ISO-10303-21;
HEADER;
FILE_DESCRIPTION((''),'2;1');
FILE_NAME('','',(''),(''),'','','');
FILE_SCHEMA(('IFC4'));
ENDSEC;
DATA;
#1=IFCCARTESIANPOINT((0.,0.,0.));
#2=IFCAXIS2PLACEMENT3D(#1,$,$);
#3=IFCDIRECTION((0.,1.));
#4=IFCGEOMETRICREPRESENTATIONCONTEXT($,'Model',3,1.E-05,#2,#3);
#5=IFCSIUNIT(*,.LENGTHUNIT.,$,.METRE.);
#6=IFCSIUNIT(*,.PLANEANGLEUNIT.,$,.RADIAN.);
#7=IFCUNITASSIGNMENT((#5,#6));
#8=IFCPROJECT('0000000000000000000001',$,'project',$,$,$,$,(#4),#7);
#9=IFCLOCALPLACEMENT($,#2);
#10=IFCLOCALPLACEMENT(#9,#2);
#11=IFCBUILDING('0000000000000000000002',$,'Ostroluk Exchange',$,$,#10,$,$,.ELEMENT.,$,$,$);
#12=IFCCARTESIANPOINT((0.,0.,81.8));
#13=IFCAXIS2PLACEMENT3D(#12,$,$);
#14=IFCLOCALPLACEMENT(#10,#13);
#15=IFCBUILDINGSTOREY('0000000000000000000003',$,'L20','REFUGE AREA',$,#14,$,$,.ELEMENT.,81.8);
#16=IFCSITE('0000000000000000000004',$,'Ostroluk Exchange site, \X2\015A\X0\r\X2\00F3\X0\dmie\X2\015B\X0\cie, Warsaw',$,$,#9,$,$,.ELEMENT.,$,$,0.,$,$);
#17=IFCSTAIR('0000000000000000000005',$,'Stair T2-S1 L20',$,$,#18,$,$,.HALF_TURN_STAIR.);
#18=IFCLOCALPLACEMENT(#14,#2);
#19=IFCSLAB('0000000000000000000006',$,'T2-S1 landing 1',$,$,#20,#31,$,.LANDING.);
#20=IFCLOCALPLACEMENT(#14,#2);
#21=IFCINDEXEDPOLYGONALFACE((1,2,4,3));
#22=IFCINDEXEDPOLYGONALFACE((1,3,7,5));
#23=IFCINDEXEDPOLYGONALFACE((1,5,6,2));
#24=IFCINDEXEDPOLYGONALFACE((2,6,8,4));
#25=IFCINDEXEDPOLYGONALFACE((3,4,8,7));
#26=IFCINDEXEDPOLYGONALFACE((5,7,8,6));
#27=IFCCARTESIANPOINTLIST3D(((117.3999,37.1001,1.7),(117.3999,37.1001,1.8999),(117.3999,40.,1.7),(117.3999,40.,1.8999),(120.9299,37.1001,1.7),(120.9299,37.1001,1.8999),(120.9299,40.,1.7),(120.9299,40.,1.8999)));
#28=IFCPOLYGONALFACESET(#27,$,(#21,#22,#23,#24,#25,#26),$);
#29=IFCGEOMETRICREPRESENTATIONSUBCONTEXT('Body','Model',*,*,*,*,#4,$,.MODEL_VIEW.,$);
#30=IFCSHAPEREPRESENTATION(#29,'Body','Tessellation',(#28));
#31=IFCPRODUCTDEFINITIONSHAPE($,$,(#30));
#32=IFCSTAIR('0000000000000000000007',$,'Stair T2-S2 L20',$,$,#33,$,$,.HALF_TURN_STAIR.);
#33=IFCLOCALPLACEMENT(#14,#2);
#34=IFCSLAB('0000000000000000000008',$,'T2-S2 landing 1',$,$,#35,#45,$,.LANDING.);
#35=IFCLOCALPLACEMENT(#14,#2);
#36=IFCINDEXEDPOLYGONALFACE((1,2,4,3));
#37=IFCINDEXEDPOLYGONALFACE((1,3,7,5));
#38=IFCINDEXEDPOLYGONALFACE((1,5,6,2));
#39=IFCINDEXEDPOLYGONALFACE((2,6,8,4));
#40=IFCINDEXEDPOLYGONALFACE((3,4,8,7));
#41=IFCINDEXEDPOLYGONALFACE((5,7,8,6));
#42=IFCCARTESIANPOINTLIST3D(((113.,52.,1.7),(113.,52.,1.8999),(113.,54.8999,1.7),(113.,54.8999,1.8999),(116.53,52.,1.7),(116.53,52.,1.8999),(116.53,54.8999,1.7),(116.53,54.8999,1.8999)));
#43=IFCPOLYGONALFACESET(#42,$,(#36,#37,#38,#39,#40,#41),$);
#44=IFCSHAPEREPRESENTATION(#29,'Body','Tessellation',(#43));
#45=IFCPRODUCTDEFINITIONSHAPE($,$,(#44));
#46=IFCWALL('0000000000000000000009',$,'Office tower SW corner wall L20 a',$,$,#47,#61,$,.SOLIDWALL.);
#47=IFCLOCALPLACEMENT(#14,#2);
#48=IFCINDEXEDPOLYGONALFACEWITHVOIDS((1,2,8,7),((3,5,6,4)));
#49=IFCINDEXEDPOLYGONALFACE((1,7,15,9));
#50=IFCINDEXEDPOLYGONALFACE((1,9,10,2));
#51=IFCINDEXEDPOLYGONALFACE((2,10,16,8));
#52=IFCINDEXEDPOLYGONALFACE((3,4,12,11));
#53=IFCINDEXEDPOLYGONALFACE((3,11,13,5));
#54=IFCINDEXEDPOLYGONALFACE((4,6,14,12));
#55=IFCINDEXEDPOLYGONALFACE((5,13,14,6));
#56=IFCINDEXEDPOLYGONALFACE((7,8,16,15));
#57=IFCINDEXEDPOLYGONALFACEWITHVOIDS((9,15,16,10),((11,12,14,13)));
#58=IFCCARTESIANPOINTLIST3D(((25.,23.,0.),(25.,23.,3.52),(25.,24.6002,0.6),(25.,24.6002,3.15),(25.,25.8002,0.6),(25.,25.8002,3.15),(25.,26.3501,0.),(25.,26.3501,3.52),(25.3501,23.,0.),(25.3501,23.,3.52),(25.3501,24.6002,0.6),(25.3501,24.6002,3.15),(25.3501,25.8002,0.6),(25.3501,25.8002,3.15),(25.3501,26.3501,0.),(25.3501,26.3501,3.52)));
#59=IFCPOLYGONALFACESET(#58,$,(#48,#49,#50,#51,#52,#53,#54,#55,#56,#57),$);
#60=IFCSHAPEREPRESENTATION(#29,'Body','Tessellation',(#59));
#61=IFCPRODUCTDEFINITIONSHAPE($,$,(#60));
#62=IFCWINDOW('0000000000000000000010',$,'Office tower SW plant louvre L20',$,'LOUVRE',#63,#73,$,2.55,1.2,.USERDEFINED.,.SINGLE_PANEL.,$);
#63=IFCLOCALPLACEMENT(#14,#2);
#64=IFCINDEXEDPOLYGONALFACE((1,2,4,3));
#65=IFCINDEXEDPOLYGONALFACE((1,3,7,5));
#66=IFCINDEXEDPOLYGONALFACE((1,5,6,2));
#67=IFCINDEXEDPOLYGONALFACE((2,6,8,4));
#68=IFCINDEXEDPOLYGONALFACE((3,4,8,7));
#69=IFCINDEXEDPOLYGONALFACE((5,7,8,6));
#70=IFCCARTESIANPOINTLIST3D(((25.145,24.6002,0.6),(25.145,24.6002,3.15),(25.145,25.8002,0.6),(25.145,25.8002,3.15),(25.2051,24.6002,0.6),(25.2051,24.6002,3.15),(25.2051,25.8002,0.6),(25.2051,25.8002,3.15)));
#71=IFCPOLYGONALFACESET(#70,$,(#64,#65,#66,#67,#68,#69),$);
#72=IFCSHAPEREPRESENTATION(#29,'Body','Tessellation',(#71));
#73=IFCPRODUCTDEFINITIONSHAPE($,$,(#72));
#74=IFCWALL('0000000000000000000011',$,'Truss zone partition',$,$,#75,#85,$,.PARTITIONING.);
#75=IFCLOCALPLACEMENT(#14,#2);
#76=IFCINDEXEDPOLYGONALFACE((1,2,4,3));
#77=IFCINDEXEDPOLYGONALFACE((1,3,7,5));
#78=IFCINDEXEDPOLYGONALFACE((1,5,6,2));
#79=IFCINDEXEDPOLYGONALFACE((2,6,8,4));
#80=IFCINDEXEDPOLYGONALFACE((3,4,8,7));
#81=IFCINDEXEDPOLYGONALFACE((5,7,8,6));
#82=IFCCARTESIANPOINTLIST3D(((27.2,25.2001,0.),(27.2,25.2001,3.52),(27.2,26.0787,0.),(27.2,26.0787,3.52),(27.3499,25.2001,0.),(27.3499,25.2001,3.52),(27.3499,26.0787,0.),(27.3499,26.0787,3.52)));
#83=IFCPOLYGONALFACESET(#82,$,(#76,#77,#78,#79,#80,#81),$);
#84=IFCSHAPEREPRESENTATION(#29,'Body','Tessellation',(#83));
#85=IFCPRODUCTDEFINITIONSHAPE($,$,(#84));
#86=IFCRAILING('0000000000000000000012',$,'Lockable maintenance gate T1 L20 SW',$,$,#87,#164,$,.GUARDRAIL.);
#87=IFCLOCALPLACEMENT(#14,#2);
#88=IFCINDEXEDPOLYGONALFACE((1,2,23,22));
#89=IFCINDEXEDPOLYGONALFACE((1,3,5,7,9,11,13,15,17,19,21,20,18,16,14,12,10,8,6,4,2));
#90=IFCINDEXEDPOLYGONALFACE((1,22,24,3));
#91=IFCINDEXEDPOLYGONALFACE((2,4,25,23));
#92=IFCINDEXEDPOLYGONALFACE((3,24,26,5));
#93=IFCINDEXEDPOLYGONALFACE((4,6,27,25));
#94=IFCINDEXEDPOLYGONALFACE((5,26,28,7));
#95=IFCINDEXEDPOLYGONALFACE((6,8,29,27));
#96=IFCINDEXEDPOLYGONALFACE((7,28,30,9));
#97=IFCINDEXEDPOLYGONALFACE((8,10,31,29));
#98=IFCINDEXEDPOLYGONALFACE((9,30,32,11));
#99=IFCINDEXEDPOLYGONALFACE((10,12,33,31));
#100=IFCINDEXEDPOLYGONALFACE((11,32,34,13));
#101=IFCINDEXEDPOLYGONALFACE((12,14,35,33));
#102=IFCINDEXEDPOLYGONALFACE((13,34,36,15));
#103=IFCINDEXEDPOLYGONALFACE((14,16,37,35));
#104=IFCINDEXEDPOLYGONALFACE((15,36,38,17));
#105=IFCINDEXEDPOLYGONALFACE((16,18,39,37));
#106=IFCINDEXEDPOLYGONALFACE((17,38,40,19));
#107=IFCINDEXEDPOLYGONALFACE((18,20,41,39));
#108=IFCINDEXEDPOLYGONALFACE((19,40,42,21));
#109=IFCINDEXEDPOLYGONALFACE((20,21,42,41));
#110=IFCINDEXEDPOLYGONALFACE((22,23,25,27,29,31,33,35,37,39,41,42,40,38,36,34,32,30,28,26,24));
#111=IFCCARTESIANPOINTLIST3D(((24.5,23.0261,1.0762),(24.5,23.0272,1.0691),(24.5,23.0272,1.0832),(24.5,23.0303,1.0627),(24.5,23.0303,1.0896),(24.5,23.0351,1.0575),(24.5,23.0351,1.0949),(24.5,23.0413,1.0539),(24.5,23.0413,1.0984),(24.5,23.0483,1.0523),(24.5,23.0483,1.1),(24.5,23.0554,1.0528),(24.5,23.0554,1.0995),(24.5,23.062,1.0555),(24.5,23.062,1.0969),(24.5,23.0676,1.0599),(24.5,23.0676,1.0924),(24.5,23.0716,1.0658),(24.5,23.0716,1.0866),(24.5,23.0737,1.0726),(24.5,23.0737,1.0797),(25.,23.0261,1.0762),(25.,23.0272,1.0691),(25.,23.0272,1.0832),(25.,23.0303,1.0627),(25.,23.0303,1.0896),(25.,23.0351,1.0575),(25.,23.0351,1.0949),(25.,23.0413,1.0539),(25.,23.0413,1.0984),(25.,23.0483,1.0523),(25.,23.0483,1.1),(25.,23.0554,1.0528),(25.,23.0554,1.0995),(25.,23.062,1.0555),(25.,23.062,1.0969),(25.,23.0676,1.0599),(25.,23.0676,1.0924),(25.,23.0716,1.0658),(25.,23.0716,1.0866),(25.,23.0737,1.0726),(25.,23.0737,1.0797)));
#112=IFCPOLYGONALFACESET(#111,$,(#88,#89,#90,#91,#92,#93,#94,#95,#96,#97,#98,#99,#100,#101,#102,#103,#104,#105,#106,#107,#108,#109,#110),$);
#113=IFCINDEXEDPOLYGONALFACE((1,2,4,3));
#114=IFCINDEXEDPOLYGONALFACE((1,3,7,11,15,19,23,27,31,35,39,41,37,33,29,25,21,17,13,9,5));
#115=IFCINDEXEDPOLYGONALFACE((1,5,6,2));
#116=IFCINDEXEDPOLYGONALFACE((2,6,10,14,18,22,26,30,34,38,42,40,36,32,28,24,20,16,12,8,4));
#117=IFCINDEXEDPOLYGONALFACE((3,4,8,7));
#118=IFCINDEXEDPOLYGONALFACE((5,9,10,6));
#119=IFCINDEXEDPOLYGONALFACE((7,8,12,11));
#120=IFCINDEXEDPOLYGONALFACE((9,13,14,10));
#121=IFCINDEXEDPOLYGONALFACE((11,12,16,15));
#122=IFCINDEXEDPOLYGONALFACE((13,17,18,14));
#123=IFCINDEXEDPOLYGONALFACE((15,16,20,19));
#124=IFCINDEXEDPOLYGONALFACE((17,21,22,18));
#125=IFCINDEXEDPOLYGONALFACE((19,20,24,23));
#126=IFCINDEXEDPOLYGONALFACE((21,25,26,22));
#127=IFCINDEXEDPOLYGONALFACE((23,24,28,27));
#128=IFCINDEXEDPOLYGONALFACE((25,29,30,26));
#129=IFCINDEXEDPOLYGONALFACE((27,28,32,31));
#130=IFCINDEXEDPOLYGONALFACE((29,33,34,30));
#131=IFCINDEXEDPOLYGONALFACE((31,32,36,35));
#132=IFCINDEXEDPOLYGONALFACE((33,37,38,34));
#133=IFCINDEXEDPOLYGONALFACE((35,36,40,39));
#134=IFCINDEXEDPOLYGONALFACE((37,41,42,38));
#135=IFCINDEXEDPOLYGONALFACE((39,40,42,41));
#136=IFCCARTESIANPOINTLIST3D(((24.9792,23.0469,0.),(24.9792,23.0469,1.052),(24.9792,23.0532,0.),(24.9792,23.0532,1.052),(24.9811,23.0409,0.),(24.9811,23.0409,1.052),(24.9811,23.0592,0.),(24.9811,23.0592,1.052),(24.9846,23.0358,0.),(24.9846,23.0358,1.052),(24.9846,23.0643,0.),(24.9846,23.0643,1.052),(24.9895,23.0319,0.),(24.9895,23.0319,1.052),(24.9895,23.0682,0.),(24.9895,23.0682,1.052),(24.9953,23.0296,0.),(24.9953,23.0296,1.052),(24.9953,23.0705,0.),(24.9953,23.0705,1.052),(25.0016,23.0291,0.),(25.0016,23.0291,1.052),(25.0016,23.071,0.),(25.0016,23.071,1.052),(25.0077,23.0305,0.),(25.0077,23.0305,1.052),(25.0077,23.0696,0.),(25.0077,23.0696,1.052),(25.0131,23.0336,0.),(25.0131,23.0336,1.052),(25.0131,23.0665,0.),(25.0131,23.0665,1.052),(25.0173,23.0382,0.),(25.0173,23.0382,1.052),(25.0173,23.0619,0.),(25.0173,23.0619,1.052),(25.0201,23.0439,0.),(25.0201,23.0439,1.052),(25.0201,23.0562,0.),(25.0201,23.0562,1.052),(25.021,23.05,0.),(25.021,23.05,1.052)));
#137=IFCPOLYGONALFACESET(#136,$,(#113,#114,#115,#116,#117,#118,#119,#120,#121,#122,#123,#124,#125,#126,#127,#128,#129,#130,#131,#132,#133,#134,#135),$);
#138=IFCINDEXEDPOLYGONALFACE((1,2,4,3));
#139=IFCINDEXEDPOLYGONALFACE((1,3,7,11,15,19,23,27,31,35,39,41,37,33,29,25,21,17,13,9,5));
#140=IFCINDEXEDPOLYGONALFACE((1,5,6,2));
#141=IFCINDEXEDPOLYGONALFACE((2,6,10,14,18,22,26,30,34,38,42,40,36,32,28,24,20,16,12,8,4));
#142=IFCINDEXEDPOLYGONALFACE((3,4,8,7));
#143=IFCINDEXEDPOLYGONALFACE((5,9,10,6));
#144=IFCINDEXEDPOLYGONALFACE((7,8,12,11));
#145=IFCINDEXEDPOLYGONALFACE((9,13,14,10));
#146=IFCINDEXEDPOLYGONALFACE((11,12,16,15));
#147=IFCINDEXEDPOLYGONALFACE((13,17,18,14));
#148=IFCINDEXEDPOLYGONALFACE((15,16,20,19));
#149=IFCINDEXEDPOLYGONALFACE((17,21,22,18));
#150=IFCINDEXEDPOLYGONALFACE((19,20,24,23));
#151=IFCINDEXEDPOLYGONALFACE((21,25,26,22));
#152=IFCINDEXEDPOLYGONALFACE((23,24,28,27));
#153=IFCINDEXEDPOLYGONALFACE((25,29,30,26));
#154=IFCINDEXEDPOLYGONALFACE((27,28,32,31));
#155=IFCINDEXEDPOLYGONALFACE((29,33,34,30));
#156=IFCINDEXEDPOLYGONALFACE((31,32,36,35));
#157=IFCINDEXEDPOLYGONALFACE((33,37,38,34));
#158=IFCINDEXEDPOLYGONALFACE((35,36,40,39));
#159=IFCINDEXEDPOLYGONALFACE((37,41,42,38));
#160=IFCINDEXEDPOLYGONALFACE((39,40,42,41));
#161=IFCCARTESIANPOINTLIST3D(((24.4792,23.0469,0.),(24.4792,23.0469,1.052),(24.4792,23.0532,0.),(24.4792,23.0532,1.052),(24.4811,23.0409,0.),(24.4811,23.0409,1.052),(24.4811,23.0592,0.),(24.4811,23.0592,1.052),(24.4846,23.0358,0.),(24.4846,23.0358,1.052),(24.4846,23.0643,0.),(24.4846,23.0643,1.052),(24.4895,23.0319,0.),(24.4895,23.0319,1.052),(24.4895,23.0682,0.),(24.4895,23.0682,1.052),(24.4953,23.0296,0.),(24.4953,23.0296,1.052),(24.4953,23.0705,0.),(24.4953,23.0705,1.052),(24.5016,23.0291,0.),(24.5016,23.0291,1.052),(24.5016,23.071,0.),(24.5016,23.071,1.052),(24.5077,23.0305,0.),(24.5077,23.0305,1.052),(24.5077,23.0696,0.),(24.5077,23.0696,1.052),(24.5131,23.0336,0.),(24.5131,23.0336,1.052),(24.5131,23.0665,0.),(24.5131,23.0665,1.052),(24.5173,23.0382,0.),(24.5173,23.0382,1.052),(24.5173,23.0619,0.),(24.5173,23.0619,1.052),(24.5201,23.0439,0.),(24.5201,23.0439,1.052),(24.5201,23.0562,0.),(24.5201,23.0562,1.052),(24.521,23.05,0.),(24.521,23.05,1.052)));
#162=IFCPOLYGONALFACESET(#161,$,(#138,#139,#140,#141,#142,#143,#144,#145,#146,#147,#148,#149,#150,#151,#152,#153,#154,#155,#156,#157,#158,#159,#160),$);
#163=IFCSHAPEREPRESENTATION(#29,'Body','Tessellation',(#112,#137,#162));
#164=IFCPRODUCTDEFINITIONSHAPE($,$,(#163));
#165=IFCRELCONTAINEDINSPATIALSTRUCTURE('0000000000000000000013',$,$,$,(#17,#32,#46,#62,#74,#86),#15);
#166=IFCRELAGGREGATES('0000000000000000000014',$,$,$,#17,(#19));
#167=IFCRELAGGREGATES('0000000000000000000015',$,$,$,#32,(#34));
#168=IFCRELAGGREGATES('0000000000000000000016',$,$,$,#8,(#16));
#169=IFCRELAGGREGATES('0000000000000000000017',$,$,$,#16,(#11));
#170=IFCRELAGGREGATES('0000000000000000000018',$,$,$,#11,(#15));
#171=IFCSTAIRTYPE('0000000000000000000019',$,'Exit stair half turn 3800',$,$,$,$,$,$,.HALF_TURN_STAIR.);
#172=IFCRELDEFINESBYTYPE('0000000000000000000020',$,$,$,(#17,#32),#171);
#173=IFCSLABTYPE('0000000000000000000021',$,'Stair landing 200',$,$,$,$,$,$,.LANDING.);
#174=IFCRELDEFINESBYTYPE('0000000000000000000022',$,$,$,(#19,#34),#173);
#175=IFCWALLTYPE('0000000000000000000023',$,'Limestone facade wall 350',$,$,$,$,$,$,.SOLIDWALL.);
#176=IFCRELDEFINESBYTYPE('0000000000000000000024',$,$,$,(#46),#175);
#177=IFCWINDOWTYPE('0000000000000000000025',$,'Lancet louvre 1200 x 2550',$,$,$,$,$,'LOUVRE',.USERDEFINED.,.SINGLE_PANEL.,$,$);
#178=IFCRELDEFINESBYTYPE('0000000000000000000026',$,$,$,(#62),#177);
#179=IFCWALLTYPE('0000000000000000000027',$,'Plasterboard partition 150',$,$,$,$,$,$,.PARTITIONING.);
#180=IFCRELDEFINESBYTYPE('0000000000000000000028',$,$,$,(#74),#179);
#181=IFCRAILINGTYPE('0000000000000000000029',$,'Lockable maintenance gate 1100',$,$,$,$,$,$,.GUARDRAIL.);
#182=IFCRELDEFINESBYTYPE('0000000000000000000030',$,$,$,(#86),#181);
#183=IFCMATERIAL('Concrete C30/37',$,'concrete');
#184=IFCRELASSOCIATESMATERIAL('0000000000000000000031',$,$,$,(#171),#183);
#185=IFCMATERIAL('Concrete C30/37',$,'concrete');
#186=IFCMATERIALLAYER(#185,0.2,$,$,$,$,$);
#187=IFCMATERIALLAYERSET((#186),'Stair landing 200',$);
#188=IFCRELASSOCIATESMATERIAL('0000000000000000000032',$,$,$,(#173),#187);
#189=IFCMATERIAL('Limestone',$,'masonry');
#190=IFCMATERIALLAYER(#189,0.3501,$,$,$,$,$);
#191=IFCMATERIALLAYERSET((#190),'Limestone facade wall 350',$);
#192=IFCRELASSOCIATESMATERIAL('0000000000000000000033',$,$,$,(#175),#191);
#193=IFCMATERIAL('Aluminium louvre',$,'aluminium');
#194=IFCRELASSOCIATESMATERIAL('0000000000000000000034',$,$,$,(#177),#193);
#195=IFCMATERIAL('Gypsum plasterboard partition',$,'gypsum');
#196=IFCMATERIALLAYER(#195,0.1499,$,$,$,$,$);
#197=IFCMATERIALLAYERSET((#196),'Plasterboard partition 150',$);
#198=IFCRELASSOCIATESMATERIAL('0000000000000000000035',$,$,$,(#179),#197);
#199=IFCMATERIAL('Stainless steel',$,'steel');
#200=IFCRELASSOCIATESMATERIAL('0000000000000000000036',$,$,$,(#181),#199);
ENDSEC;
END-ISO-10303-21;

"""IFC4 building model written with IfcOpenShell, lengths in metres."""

from ifc_helpers import new_model, si_unit, direction, frame, frame_2d, origin, origin_2d, place, context, subcontext, project, spatial, polyline, rectangle, circle, outline, extrude, material, layer, layer_set, type_object, element, fill, aggregate, save


model = new_model("IFC4")

# Units and contexts
model_context = context("Model", 3, precision=1e-05, world=origin(), true_north=direction((0.0, 1.0)))
body_context = subcontext(model_context, "Body", "Model", "MODEL_VIEW")
ifc_project = project(units=[si_unit("LENGTHUNIT", "METRE"), si_unit("PLANEANGLEUNIT", "RADIAN")], contexts=[model_context])

# Site, building, storey
site_placement = place(None, origin())
site = spatial("IfcSite", under=ifc_project, at=site_placement, Name="Ostroluk Exchange site, Śródmieście, Warsaw", CompositionType="ELEMENT", RefElevation=0.0)
building_placement = place(site_placement, origin())
building = spatial("IfcBuilding", under=site, at=building_placement, Name="Ostroluk Exchange", CompositionType="ELEMENT")
storey_placement = place(building_placement, frame((0.0, 0.0, 81.8)))
storey = spatial("IfcBuildingStorey", under=building, at=storey_placement, Name="L20", Description="REFUGE AREA", CompositionType="ELEMENT", Elevation=81.8)

# Stairs, slabs
ifc_material_1 = material(Name="Concrete C30/37", Category="concrete")
stair_type = type_object("IfcStairType", Name="Exit stair half turn 3800", PredefinedType="HALF_TURN_STAIR", material=ifc_material_1)
ifc_material_2 = material(Name="Concrete C30/37", Category="concrete")
ifc_layer_1 = layer(ifc_material_2, 0.2)
ifc_layer_set_1 = layer_set([ifc_layer_1], Name="Stair landing 200")
slab_type = type_object("IfcSlabType", Name="Stair landing 200", PredefinedType="LANDING", material=ifc_layer_set_1)
stair_1_placement = place(storey_placement, origin())
stair_1 = element("IfcStair", 1, at=stair_1_placement, inside=storey, type_object=stair_type, Name="Stair T2-S1 L20", PredefinedType="HALF_TURN_STAIR")
slab_1_placement = place(storey_placement, frame((0.0, 0.0, 1.7)))
slab_1 = element("IfcSlab", 2, at=slab_1_placement, type_object=slab_type, Name="T2-S1 landing 1", PredefinedType="LANDING", context=body_context, shape_type="SweptSolid", body=[
    extrude(outline(polyline([(117.3999, 37.1001), (117.3999, 40.0), (120.9299, 40.0), (120.9299, 37.1001), (117.3999, 37.1001)])), origin(), (0.0, 0.0, 1.0), 0.2),
])
aggregate(stair_1, [slab_1])
stair_2_placement = place(storey_placement, origin())
stair_2 = element("IfcStair", 3, at=stair_2_placement, inside=storey, type_object=stair_type, Name="Stair T2-S2 L20", PredefinedType="HALF_TURN_STAIR")
slab_2_placement = place(storey_placement, frame((0.0, 0.0, 1.7)))
slab_2 = element("IfcSlab", 4, at=slab_2_placement, type_object=slab_type, Name="T2-S2 landing 1", PredefinedType="LANDING", context=body_context, shape_type="SweptSolid", body=[
    extrude(outline(polyline([(116.53, 52.0), (116.53, 54.8999), (113.0, 54.8999), (113.0, 52.0), (116.53, 52.0)])), origin(), (0.0, 0.0, 1.0), 0.2),
])
aggregate(stair_2, [slab_2])

# Wall, opening, window
ifc_material_3 = material(Name="Limestone", Category="masonry")
ifc_layer_2 = layer(ifc_material_3, 0.3501)
ifc_layer_set_2 = layer_set([ifc_layer_2], Name="Limestone facade wall 350")
wall_type_1 = type_object("IfcWallType", Name="Limestone facade wall 350", PredefinedType="SOLIDWALL", material=ifc_layer_set_2)
wall_1_placement = place(storey_placement, frame((25.175, 23.0, 0.0), z_axis=(0.0, 0.0, 1.0), x_axis=(0.0, 1.0, 0.0)))
wall_1 = element("IfcWall", 5, at=wall_1_placement, inside=storey, type_object=wall_type_1, Name="Office tower SW corner wall L20 a", PredefinedType="SOLIDWALL", context=body_context, shape_type="SweptSolid", body=[
    extrude(rectangle(XDim=3.3501, YDim=0.3501, at=frame_2d((1.675, 0.0))), origin(), (0.0, 0.0, 1.0), 3.52),
])
opening_placement = place(wall_1_placement, frame((1.6001, 0.0, 0.6001)))
opening = element("IfcOpeningElement", 6, at=opening_placement, cuts=wall_1, PredefinedType="OPENING", context=body_context, shape_type="SweptSolid", body=[
    extrude(rectangle(XDim=1.2, YDim=2.55, at=frame_2d((0.6001, 1.2749))), frame((0.0, 0.1851, 0.0), z_axis=(0.0, -1.0, 0.0), x_axis=(1.0, 0.0, 0.0)), (0.0, 0.0, 1.0), 0.3701),
])
ifc_material_4 = material(Name="Aluminium louvre", Category="aluminium")
window_type = type_object("IfcWindowType", Name="Lancet louvre 1200 x 2550", ElementType="LOUVRE", PartitioningType="SINGLE_PANEL", PredefinedType="USERDEFINED", material=ifc_material_4)
window_placement = place(opening_placement, origin())
window = element("IfcWindow", 7, at=window_placement, inside=storey, type_object=window_type, Name="Office tower SW plant louvre L20", ObjectType="LOUVRE", OverallHeight=2.55, OverallWidth=1.2, PartitioningType="SINGLE_PANEL", PredefinedType="USERDEFINED", context=body_context, shape_type="SweptSolid", body=[
    extrude(rectangle(XDim=1.2, YDim=2.55, at=frame_2d((0.6001, 1.2749))), frame((0.0, 0.03, 0.0), z_axis=(0.0, -1.0, 0.0), x_axis=(1.0, 0.0, 0.0)), (0.0, 0.0, 1.0), 0.0601),
])
fill(opening, window)

# Wall
ifc_material_5 = material(Name="Gypsum plasterboard partition", Category="gypsum")
ifc_layer_3 = layer(ifc_material_5, 0.1499)
ifc_layer_set_3 = layer_set([ifc_layer_3], Name="Plasterboard partition 150")
wall_type_2 = type_object("IfcWallType", Name="Plasterboard partition 150", PredefinedType="PARTITIONING", material=ifc_layer_set_3)
wall_2_placement = place(storey_placement, frame((27.2749, 25.2, 0.0), z_axis=(0.0, 0.0, 1.0), x_axis=(0.0, 1.0, 0.0)))
element("IfcWall", 8, at=wall_2_placement, inside=storey, type_object=wall_type_2, Name="Truss zone partition", PredefinedType="PARTITIONING", context=body_context, shape_type="SweptSolid", body=[
    extrude(rectangle(XDim=0.8787, YDim=0.1499, at=frame_2d((0.4395, 0.0))), origin(), (0.0, 0.0, 1.0), 3.52),
])

# Railing
ifc_material_6 = material(Name="Stainless steel", Category="steel")
railing_type_1 = type_object("IfcRailingType", Name="Lockable maintenance gate 1100", PredefinedType="GUARDRAIL", material=ifc_material_6)
railing_1_placement = place(storey_placement, frame((25.0, 23.05, 0.0)))
element("IfcRailing", 9, at=railing_1_placement, inside=storey, type_object=railing_type_1, Name="Lockable maintenance gate T1 L20 SW", PredefinedType="GUARDRAIL", context=body_context, shape_type="SweptSolid", body=[
    extrude(circle(Radius=0.0239, at=origin_2d()), frame((0.0, 0.0, 1.0762), z_axis=(-1.0, 0.0, 0.0), x_axis=(0.0, -1.0, 0.0)), (0.0, 0.0, 1.0), 0.5),
    extrude(circle(Radius=0.021, at=origin_2d()), origin(), (0.0, 0.0, 1.0), 1.052),
    extrude(circle(Radius=0.021, at=origin_2d()), frame((-0.5, 0.0, 0.0)), (0.0, 0.0, 1.0), 1.052),
])

save(model, "model.ifc")
